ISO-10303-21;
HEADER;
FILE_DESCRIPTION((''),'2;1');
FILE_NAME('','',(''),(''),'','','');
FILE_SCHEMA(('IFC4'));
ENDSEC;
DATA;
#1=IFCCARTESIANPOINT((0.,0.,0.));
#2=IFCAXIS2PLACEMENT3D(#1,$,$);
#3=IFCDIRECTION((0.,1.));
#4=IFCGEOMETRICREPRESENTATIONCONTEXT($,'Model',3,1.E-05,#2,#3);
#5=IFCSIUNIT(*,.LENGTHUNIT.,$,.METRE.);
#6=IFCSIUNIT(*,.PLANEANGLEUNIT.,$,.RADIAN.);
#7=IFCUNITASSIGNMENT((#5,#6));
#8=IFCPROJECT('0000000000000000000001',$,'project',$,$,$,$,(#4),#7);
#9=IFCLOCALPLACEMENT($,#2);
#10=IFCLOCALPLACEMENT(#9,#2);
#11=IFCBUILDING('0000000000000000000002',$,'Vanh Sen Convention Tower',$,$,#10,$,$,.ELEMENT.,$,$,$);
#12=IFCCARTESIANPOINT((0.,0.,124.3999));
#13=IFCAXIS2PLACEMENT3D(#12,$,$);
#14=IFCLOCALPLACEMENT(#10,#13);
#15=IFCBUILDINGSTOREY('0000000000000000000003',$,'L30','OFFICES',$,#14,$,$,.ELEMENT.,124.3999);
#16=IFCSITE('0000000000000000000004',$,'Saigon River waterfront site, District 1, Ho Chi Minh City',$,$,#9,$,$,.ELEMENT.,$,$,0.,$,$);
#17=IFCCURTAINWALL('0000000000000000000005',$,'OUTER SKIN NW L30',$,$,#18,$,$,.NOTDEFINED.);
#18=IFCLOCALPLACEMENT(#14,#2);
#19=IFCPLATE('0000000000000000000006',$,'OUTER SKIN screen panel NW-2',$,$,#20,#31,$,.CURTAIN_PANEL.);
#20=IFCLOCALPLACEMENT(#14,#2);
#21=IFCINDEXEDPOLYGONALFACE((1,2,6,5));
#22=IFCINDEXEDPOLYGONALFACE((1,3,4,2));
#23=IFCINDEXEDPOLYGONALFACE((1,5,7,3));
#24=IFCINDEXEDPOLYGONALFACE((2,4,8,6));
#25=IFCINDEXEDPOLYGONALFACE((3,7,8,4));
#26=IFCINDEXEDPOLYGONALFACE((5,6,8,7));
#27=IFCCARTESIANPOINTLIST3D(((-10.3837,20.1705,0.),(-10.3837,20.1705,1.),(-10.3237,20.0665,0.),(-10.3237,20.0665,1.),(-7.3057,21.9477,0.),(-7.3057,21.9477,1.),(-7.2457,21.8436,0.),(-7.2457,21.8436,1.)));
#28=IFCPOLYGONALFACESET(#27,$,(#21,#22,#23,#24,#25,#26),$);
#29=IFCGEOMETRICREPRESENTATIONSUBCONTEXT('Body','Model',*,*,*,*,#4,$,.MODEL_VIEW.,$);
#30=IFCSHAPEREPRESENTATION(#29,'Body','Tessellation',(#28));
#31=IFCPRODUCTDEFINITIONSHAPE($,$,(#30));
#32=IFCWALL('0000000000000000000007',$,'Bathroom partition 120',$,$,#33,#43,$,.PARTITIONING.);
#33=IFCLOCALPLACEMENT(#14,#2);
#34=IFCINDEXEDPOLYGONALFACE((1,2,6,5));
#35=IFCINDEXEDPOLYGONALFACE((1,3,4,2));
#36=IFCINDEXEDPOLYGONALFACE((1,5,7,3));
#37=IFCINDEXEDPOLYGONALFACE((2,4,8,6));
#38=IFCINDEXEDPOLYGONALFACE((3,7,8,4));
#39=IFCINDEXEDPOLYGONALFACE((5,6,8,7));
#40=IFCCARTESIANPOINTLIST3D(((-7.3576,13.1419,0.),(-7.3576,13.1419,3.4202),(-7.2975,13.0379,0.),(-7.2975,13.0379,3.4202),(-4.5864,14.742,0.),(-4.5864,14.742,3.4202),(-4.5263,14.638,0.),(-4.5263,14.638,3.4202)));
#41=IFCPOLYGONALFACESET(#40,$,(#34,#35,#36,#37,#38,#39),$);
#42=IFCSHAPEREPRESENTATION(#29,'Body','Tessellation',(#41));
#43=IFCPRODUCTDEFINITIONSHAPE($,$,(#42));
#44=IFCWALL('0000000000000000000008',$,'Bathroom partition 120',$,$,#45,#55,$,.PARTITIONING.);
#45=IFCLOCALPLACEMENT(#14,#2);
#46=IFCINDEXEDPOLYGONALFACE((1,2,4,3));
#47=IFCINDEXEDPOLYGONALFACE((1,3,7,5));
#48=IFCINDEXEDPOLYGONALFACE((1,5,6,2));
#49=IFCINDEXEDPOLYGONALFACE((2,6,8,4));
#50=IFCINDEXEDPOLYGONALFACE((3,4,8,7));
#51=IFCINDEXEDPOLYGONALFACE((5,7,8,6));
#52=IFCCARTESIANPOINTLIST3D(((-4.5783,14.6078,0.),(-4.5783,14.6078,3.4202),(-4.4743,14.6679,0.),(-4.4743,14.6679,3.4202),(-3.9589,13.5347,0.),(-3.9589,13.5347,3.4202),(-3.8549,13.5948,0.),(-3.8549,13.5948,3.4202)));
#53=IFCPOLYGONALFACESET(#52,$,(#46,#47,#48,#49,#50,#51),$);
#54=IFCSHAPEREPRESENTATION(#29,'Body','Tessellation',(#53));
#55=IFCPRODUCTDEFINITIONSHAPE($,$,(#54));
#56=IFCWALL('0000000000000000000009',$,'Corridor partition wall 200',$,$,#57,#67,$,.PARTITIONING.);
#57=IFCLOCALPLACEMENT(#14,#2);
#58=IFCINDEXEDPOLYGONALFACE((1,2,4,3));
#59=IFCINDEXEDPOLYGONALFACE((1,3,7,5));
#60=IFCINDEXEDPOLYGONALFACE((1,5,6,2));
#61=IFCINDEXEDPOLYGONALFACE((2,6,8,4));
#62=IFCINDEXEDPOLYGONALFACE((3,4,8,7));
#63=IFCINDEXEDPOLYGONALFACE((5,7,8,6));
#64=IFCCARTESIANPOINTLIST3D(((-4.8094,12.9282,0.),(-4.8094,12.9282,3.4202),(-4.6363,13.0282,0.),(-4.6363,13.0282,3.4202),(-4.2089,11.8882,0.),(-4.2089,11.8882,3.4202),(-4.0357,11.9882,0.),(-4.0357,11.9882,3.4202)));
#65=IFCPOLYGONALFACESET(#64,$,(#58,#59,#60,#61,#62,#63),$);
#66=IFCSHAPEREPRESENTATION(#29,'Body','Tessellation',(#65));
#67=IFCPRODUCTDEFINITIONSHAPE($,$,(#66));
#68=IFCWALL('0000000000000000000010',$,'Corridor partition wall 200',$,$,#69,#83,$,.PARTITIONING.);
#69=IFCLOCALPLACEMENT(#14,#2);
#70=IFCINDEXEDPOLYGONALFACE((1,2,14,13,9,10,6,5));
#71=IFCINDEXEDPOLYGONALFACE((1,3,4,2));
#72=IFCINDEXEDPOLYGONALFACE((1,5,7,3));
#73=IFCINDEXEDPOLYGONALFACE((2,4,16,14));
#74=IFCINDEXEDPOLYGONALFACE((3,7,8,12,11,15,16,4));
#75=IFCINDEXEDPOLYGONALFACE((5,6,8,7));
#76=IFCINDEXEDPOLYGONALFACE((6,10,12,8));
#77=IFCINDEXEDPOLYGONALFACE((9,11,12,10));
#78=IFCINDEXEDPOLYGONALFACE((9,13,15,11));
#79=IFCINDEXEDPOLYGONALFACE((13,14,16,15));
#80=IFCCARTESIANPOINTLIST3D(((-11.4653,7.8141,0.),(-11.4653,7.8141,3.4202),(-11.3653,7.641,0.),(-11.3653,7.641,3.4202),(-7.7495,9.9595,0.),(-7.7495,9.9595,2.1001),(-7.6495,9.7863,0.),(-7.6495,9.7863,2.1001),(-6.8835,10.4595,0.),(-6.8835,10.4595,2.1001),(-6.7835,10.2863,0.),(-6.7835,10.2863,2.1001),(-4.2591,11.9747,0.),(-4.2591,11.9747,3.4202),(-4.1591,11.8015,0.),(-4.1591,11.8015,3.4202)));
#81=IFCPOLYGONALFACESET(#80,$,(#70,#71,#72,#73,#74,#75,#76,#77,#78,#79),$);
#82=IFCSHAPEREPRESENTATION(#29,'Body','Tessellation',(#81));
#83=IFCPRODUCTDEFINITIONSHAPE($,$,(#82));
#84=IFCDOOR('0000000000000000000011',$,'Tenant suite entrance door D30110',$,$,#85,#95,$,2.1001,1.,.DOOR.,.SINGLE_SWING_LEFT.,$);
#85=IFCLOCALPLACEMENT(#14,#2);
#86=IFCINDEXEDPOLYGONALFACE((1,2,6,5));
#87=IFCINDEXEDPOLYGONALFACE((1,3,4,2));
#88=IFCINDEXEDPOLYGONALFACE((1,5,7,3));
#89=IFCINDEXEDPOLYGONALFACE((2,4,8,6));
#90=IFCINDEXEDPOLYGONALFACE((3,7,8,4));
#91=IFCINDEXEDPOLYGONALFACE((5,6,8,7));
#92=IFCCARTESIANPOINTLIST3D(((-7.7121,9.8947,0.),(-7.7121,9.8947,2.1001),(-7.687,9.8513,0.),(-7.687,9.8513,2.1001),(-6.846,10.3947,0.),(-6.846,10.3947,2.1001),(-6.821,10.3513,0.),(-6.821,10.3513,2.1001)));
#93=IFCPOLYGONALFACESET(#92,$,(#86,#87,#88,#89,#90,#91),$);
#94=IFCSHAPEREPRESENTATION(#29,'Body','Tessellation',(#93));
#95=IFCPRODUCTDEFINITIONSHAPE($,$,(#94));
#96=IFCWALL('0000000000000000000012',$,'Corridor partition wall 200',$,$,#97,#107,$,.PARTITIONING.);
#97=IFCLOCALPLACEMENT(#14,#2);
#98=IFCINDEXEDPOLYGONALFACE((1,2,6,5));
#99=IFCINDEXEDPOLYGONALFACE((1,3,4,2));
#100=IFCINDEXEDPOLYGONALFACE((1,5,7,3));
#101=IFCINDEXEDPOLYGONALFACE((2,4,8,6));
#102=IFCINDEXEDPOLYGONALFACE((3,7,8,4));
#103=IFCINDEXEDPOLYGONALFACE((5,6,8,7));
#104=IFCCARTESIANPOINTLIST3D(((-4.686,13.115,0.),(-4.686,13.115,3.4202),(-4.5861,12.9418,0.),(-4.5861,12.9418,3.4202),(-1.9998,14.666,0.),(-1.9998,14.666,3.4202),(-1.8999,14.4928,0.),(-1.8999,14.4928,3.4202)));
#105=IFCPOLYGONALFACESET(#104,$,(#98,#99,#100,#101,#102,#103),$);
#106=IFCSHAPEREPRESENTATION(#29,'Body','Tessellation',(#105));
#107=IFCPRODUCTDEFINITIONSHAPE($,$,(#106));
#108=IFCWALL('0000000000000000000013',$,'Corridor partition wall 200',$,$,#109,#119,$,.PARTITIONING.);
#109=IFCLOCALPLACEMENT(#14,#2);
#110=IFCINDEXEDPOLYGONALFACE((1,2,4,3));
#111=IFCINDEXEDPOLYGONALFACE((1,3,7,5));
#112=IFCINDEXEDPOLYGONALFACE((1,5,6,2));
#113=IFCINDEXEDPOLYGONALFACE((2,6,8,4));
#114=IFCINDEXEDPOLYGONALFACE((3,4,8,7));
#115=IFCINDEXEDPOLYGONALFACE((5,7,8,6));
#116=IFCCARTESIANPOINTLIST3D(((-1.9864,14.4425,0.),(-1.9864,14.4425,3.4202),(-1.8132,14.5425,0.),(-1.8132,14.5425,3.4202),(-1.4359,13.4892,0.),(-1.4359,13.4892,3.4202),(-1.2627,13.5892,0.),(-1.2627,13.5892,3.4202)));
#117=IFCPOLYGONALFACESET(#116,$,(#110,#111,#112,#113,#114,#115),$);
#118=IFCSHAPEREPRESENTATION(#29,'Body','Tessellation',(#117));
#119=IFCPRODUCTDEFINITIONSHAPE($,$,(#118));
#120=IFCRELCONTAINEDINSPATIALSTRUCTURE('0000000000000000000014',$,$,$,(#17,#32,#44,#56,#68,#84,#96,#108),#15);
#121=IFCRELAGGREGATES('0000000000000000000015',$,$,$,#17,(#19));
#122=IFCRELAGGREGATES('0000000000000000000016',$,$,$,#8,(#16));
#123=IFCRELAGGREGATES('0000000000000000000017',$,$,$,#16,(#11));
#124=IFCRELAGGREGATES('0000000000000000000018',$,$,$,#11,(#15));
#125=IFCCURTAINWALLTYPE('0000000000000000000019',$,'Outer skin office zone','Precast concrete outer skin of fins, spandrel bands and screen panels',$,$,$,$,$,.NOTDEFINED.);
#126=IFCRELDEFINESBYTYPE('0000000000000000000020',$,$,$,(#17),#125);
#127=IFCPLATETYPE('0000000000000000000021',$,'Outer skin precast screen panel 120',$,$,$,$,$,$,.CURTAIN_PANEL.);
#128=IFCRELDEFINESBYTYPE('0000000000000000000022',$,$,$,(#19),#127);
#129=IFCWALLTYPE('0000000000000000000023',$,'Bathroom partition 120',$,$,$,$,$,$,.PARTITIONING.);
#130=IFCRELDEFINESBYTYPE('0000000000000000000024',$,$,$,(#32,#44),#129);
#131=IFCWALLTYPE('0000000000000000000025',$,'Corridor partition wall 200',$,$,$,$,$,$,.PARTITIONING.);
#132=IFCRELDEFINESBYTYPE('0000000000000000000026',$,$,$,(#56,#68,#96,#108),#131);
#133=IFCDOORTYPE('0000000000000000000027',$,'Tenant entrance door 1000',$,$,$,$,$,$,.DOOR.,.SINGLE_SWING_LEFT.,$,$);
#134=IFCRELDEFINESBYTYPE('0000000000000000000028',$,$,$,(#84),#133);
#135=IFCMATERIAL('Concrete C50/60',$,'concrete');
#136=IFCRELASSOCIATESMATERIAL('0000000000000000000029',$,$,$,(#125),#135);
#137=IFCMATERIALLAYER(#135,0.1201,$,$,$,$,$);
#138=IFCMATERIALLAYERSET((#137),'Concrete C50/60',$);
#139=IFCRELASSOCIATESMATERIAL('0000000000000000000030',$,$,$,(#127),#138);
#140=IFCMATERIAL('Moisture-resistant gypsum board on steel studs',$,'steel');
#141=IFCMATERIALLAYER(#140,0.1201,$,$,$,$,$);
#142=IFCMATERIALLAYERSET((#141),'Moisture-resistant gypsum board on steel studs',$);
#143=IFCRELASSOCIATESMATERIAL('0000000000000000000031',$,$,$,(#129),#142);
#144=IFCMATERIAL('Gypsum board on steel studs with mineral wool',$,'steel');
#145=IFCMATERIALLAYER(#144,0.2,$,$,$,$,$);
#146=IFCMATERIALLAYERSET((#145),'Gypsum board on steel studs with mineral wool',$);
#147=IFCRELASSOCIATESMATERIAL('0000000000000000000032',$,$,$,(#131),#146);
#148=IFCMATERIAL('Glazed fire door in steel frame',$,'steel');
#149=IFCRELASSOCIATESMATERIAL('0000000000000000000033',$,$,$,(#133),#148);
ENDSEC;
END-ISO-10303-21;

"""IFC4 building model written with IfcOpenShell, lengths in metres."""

from ifc_helpers import new_model, si_unit, direction, frame, frame_2d, origin, origin_2d, place, context, subcontext, project, spatial, rectangle, extrude, material, layer, layer_set, type_object, element, fill, aggregate, save


model = new_model("IFC4")

# Units and contexts
model_context = context("Model", 3, precision=1e-05, world=origin(), true_north=direction((0.0, 1.0)))
body_context = subcontext(model_context, "Body", "Model", "MODEL_VIEW")
ifc_project = project(units=[si_unit("LENGTHUNIT", "METRE"), si_unit("PLANEANGLEUNIT", "RADIAN")], contexts=[model_context])

# Site, building, storey
site_placement = place(None, origin())
site = spatial("IfcSite", under=ifc_project, at=site_placement, Name="Saigon River waterfront site, District 1, Ho Chi Minh City", CompositionType="ELEMENT", RefElevation=0.0)
building_placement = place(site_placement, origin())
building = spatial("IfcBuilding", under=site, at=building_placement, Name="Vanh Sen Convention Tower", CompositionType="ELEMENT")
storey_placement = place(building_placement, frame((0.0, 0.0, 124.3999)))
storey = spatial("IfcBuildingStorey", under=building, at=storey_placement, Name="L30", Description="OFFICES", CompositionType="ELEMENT", Elevation=124.3999)

# Curtain wall
ifc_material_1 = material(Name="Concrete C50/60", Category="concrete")
curtain_wall_type = type_object("IfcCurtainWallType", Name="Outer skin office zone", Description="Precast concrete outer skin of fins, spandrel bands and screen panels", PredefinedType="NOTDEFINED", material=ifc_material_1)
curtain_wall_placement = place(storey_placement, origin())
curtain_wall = element("IfcCurtainWall", 1, at=curtain_wall_placement, inside=storey, type_object=curtain_wall_type, Name="OUTER SKIN NW L30", PredefinedType="NOTDEFINED")

# Plate
ifc_layer_1 = layer(ifc_material_1, 0.1201)
ifc_layer_set_1 = layer_set([ifc_layer_1], Name="Concrete C50/60")
plate_type = type_object("IfcPlateType", Name="Outer skin precast screen panel 120", PredefinedType="CURTAIN_PANEL", material=ifc_layer_set_1)
plate_1_placement = place(storey_placement, frame((-8.8147, 21.0071, 0.0), z_axis=(0.0, 0.0, 1.0), x_axis=(-0.866017, -0.500015, 0.0)))
plate_1 = element("IfcPlate", 2, at=plate_1_placement, type_object=plate_type, Name="OUTER SKIN screen panel NW-2", PredefinedType="CURTAIN_PANEL", context=body_context, shape_type="SweptSolid", body=[
    extrude(rectangle(XDim=3.5542, YDim=0.1201, at=origin_2d()), origin(), (0.0, 0.0, 1.0), 1.0),
])
aggregate(curtain_wall, [plate_1])

# Walls
ifc_material_2 = material(Name="Moisture-resistant gypsum board on steel studs", Category="steel")
ifc_layer_2 = layer(ifc_material_2, 0.1201)
ifc_layer_set_2 = layer_set([ifc_layer_2], Name="Moisture-resistant gypsum board on steel studs")
wall_type_1 = type_object("IfcWallType", Name="Bathroom partition 120", PredefinedType="PARTITIONING", material=ifc_layer_set_2)
wall_1_placement = place(storey_placement, frame((-7.3276, 13.0898, 0.0), z_axis=(0.0, 0.0, 1.0), x_axis=(0.866009, 0.500028, 0.0)))
element("IfcWall", 3, at=wall_1_placement, inside=storey, type_object=wall_type_1, Name="Bathroom partition 120", PredefinedType="PARTITIONING", context=body_context, shape_type="SweptSolid", body=[
    extrude(rectangle(XDim=3.2, YDim=0.1201, at=frame_2d((1.6001, 0.0))), origin(), (0.0, 0.0, 1.0), 3.4202),
])
wall_2_placement = place(storey_placement, frame((-4.5264, 14.6379, 0.0), z_axis=(0.0, 0.0, 1.0), x_axis=(0.499933, -0.866064, 0.0)))
element("IfcWall", 4, at=wall_2_placement, inside=storey, type_object=wall_type_1, Name="Bathroom partition 120", PredefinedType="PARTITIONING", context=body_context, shape_type="SweptSolid", body=[
    extrude(rectangle(XDim=1.239, YDim=0.1201, at=frame_2d((0.6196, 0.0))), origin(), (0.0, 0.0, 1.0), 3.4202),
])
ifc_material_3 = material(Name="Gypsum board on steel studs with mineral wool", Category="steel")
ifc_layer_3 = layer(ifc_material_3, 0.2)
ifc_layer_set_3 = layer_set([ifc_layer_3], Name="Gypsum board on steel studs with mineral wool")
wall_type_2 = type_object("IfcWallType", Name="Corridor partition wall 200", PredefinedType="PARTITIONING", material=ifc_layer_set_3)
wall_3_placement = place(storey_placement, frame((-4.7229, 12.9783, 0.0), z_axis=(0.0, 0.0, 1.0), x_axis=(0.500074, -0.865982, 0.0)))
element("IfcWall", 5, at=wall_3_placement, inside=storey, type_object=wall_type_2, Name="Corridor partition wall 200", PredefinedType="PARTITIONING", context=body_context, shape_type="SweptSolid", body=[
    extrude(rectangle(XDim=1.2009, YDim=0.2, at=frame_2d((0.6006, 0.0))), origin(), (0.0, 0.0, 1.0), 3.4202),
])

# Wall, opening, door
wall_4_placement = place(storey_placement, frame((-4.209, 11.8882, 0.0), z_axis=(0.0, 0.0, 1.0), x_axis=(-0.866021, -0.500008, 0.0)))
wall_4 = element("IfcWall", 6, at=wall_4_placement, inside=storey, type_object=wall_type_2, Name="Corridor partition wall 200", PredefinedType="PARTITIONING", context=body_context, shape_type="SweptSolid", body=[
    extrude(rectangle(XDim=8.321, YDim=0.2, at=frame_2d((4.1606, 0.0))), origin(), (0.0, 0.0, 1.0), 3.4202),
])
opening_1_placement = place(wall_4_placement, frame((3.0305, 0.0, 0.0)))
opening_1 = element("IfcOpeningElement", 7, at=opening_1_placement, cuts=wall_4, PredefinedType="OPENING", context=body_context, shape_type="SweptSolid", body=[
    extrude(rectangle(XDim=1.0, YDim=2.1001, at=frame_2d((0.5, 1.05))), frame((0.0, 0.1099, 0.0), z_axis=(0.0, -1.0, 0.0), x_axis=(1.0, 0.0, 0.0)), (0.0, 0.0, 1.0), 0.22),
])
ifc_material_4 = material(Name="Glazed fire door in steel frame", Category="steel")
door_type = type_object("IfcDoorType", Name="Tenant entrance door 1000", OperationType="SINGLE_SWING_LEFT", PredefinedType="DOOR", material=ifc_material_4)
door_placement = place(opening_1_placement, origin())
door = element("IfcDoor", 8, at=door_placement, inside=storey, type_object=door_type, Name="Tenant suite entrance door D30110", OperationType="SINGLE_SWING_LEFT", OverallHeight=2.1001, OverallWidth=1.0, PredefinedType="DOOR", context=body_context, shape_type="SweptSolid", body=[
    extrude(rectangle(XDim=1.0, YDim=2.1001, at=frame_2d((0.5, 1.05))), frame((0.0, 0.0249, 0.0), z_axis=(0.0, -1.0, 0.0), x_axis=(1.0, 0.0, 0.0)), (0.0, 0.0, 1.0), 0.05),
])
fill(opening_1, door)

# Walls
wall_5_placement = place(storey_placement, frame((-1.95, 14.5793, 0.0), z_axis=(0.0, 0.0, 1.0), x_axis=(-0.866011, -0.500024, 0.0)))
element("IfcWall", 9, at=wall_5_placement, inside=storey, type_object=wall_type_2, Name="Corridor partition wall 200", PredefinedType="PARTITIONING", context=body_context, shape_type="SweptSolid", body=[
    extrude(rectangle(XDim=3.1018, YDim=0.2, at=frame_2d((1.5508, 0.0))), origin(), (0.0, 0.0, 1.0), 3.4202),
])
wall_6_placement = place(storey_placement, frame((-1.3494, 13.5393, 0.0), z_axis=(0.0, 0.0, 1.0), x_axis=(-0.500074, 0.865982, 0.0)))
element("IfcWall", 10, at=wall_6_placement, inside=storey, type_object=wall_type_2, Name="Corridor partition wall 200", PredefinedType="PARTITIONING", context=body_context, shape_type="SweptSolid", body=[
    extrude(rectangle(XDim=1.1008, YDim=0.2, at=frame_2d((0.5503, 0.0))), origin(), (0.0, 0.0, 1.0), 3.4202),
])

save(model, "model.ifc")
